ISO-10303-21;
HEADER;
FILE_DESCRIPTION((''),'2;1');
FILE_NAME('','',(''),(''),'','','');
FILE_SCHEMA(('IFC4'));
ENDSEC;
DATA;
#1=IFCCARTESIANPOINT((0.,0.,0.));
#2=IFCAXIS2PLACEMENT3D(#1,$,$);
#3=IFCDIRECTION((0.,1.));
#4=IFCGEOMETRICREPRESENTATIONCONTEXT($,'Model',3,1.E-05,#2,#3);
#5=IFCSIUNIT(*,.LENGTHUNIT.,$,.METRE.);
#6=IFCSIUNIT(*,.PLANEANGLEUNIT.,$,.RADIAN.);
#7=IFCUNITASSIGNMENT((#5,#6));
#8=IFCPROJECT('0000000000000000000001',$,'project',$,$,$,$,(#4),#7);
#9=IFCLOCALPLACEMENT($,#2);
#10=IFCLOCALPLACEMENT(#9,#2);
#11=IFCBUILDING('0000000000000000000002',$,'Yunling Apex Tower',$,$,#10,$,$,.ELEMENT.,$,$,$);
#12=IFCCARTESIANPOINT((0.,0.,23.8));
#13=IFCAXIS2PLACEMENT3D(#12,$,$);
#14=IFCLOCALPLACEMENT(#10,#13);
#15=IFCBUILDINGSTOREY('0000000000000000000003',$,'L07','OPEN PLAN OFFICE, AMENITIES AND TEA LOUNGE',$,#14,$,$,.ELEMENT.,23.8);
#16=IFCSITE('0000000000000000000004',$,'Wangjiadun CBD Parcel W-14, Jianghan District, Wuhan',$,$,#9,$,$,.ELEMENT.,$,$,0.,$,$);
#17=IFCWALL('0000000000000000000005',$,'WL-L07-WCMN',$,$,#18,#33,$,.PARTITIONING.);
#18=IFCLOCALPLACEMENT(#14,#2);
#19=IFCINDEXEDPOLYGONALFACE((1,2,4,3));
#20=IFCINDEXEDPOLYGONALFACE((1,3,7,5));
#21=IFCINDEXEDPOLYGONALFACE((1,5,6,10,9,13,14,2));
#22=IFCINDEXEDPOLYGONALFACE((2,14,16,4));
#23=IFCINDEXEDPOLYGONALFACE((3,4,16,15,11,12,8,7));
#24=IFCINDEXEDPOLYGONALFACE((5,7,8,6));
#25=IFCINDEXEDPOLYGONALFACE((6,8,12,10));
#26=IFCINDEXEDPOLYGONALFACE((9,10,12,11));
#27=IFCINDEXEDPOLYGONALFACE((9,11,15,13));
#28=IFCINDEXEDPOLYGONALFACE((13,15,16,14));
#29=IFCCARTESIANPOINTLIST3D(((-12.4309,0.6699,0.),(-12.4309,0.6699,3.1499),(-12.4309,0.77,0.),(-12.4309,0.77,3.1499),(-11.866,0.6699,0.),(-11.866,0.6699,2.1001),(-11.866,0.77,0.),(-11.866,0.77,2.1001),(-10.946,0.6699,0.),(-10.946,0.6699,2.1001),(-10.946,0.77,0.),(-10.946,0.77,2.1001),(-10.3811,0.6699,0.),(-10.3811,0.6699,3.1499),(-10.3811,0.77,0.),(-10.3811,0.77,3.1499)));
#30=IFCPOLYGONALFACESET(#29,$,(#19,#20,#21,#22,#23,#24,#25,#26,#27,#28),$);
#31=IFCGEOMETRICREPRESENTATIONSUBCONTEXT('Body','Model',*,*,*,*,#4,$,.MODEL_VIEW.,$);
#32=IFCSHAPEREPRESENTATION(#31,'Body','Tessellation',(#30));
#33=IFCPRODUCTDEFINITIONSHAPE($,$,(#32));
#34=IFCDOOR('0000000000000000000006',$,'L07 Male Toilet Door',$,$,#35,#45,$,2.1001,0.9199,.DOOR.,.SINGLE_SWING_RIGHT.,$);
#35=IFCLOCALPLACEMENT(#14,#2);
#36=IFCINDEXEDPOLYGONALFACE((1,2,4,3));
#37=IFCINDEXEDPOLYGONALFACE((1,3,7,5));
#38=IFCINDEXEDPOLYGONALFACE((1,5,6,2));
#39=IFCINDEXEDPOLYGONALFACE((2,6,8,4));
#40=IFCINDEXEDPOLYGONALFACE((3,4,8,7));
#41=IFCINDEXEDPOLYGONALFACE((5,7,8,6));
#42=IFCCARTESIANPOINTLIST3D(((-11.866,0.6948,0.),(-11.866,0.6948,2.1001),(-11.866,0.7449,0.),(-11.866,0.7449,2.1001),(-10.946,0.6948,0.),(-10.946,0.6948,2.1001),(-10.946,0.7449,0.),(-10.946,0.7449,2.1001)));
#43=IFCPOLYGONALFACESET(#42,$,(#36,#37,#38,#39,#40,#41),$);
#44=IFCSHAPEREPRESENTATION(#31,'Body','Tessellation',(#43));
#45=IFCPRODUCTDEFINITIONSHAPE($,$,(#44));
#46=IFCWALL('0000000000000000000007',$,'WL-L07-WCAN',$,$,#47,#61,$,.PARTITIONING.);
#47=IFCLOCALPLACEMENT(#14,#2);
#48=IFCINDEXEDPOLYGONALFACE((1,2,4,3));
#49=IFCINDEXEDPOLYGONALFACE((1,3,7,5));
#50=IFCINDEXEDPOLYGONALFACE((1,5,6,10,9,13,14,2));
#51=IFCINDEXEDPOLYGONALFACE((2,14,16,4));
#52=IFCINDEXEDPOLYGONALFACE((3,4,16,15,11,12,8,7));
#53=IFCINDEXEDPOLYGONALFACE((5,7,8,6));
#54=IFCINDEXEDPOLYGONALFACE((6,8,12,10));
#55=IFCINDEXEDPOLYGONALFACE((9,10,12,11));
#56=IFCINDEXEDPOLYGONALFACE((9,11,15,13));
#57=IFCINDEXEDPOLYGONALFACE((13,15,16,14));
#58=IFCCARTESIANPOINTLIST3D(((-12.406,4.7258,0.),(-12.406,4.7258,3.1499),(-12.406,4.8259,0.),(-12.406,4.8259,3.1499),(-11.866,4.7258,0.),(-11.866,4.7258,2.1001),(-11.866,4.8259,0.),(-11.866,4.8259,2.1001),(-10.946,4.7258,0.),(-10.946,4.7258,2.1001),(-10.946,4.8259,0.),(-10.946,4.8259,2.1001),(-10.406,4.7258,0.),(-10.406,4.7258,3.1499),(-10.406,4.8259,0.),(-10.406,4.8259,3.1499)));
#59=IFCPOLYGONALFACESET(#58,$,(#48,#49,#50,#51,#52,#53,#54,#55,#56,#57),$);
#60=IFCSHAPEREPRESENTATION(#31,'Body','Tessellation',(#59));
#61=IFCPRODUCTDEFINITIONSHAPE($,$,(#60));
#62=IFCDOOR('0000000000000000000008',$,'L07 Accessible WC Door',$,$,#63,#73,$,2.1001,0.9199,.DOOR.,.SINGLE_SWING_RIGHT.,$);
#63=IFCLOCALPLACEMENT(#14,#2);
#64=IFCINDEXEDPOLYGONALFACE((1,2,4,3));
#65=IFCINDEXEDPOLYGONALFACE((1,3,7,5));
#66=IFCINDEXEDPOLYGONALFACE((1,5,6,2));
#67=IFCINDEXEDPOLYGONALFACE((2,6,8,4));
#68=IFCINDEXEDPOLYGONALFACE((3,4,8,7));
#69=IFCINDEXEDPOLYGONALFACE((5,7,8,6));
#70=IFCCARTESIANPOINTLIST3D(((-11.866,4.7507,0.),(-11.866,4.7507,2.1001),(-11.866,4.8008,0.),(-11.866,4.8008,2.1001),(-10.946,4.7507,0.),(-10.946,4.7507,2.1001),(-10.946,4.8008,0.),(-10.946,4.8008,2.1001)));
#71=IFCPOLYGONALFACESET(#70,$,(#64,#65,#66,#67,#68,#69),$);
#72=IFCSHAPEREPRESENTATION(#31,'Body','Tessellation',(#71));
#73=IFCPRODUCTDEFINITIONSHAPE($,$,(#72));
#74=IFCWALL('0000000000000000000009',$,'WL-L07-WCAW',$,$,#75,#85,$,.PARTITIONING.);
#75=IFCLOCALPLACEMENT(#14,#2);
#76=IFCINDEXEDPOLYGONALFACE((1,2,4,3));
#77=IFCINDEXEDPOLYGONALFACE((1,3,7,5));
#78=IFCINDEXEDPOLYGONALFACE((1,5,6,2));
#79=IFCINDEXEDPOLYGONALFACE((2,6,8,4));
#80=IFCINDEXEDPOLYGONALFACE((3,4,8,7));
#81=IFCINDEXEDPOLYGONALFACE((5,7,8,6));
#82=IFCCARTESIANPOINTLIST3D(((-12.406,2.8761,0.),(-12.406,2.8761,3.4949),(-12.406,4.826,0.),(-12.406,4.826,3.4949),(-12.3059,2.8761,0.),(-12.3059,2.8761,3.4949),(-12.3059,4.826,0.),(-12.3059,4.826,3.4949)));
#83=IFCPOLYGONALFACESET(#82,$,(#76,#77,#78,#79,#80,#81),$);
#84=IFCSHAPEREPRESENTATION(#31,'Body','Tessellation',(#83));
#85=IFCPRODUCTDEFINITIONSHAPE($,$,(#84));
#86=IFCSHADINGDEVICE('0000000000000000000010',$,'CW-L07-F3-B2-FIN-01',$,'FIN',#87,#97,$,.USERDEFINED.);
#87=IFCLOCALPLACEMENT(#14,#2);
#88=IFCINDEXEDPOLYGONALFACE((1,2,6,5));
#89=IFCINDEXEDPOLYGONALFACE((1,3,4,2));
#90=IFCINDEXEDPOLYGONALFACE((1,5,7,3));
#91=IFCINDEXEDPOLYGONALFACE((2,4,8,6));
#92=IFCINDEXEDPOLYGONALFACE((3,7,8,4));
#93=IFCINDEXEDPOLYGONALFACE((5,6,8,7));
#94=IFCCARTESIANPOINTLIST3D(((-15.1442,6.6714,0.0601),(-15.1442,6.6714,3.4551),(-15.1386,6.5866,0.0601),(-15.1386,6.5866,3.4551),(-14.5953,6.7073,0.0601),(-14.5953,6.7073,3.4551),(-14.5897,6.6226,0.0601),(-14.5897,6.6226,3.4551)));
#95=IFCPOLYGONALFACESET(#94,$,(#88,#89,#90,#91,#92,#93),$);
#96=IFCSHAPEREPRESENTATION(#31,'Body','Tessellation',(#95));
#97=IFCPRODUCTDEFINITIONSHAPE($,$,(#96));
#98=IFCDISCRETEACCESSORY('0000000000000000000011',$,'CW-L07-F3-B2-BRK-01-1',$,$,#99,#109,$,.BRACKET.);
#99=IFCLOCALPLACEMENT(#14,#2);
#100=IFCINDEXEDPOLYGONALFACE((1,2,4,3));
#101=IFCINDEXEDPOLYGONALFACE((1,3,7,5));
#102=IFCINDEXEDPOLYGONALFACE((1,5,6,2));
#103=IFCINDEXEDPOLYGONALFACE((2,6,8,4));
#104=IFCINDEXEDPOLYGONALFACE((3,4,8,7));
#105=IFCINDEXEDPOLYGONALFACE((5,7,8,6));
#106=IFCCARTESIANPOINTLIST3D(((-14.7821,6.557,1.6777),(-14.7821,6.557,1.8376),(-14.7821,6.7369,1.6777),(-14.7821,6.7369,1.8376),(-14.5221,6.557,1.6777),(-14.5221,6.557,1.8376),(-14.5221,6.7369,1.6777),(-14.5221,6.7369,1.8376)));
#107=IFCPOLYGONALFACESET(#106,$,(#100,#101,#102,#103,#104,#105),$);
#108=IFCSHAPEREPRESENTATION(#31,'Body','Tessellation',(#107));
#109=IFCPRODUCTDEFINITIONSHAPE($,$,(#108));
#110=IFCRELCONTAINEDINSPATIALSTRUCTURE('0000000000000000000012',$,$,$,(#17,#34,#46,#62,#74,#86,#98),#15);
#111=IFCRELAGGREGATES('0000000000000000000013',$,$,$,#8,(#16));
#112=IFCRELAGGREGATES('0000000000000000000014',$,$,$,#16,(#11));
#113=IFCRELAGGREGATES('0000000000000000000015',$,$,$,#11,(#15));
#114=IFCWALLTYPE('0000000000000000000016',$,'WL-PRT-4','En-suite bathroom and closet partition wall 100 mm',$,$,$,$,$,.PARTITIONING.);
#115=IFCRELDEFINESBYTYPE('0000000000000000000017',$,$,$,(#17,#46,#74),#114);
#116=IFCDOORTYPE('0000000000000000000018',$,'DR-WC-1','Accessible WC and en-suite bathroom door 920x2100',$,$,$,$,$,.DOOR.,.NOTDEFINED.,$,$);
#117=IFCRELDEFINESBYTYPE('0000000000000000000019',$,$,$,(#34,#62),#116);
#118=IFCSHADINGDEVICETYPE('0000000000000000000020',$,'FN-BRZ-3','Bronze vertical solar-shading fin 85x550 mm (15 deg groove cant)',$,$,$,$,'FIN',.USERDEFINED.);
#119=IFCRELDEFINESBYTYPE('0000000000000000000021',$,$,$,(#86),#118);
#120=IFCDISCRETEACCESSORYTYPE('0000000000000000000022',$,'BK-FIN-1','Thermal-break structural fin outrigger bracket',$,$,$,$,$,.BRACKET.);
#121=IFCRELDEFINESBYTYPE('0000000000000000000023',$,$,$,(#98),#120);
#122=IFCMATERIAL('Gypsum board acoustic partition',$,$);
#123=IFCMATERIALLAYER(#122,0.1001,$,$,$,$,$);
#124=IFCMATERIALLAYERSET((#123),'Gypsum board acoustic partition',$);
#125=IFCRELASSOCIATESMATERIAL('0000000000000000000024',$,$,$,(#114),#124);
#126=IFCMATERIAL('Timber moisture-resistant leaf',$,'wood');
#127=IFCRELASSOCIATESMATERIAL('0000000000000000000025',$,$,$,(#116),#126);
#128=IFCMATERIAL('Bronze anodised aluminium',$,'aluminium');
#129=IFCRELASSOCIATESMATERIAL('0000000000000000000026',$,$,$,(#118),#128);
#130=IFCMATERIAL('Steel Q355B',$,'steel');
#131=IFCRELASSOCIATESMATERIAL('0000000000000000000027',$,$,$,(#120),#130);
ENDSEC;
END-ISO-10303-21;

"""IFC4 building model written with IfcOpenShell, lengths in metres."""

from ifc_helpers import new_model, si_unit, direction, frame, frame_2d, origin, origin_2d, place, context, subcontext, project, spatial, rectangle, extrude, source, transform, mapped, material, layer, layer_set, material_profile, profile_set, type_object, element, fill, save


model = new_model("IFC4")

# Units and contexts
model_context = context("Model", 3, precision=1e-05, world=origin(), true_north=direction((0.0, 1.0)))
body_context = subcontext(model_context, "Body", "Model", "MODEL_VIEW")
ifc_project = project(units=[si_unit("LENGTHUNIT", "METRE"), si_unit("PLANEANGLEUNIT", "RADIAN")], contexts=[model_context])

# Site, building, storey
site_placement = place(None, origin())
site = spatial("IfcSite", under=ifc_project, at=site_placement, Name="Wangjiadun CBD Parcel W-14, Jianghan District, Wuhan", CompositionType="ELEMENT", RefElevation=0.0)
building_placement = place(site_placement, origin())
building = spatial("IfcBuilding", under=site, at=building_placement, Name="Yunling Apex Tower", CompositionType="ELEMENT")
storey_placement = place(building_placement, frame((0.0, 0.0, 23.8)))
storey = spatial("IfcBuildingStorey", under=building, at=storey_placement, Name="L07", Description="OPEN PLAN OFFICE, AMENITIES AND TEA LOUNGE", CompositionType="ELEMENT", Elevation=23.8)

# Shared definitions
ifc_material_1 = material(Name="Steel Q355B", Category="steel")

# Shared definitions
ifc_material_2 = material(Name="Bronze anodised aluminium", Category="aluminium")

# Walls, openings, doors
ifc_material_3 = material(Name="Gypsum board acoustic partition")
ifc_layer_1 = layer(ifc_material_3, 0.1001)
ifc_layer_set_1 = layer_set([ifc_layer_1], Name="Gypsum board acoustic partition")
wall_type = type_object("IfcWallType", Name="WL-PRT-4", Description="En-suite bathroom and closet partition wall 100 mm", PredefinedType="PARTITIONING", material=ifc_layer_set_1)
wall_1_placement = place(storey_placement, frame((-12.4309, 0.72, 0.0), z_axis=(0.0, 0.0, 1.0), x_axis=(1.0, 0.0, 0.0)))
wall_1 = element("IfcWall", 1, at=wall_1_placement, inside=storey, type_object=wall_type, Name="WL-L07-WCMN", PredefinedType="PARTITIONING", context=body_context, shape_type="SweptSolid", body=[
    extrude(rectangle(XDim=2.0498, YDim=0.1001, at=frame_2d((1.0249, 0.0))), origin(), (0.0, 0.0, 1.0), 3.1499),
])
opening_1_placement = place(wall_1_placement, frame((0.5649, 0.0, 0.0)))
opening_1 = element("IfcOpeningElement", 2, at=opening_1_placement, cuts=wall_1, PredefinedType="OPENING", context=body_context, shape_type="SweptSolid", body=[
    extrude(rectangle(XDim=0.9199, YDim=2.1001, at=frame_2d((0.46, 1.05))), frame((0.0, 0.0601, 0.0), z_axis=(0.0, -1.0, 0.0), x_axis=(1.0, 0.0, 0.0)), (0.0, 0.0, 1.0), 0.1201),
])
ifc_material_4 = material(Name="Timber moisture-resistant leaf", Category="wood")
door_type = type_object("IfcDoorType", Name="DR-WC-1", Description="Accessible WC and en-suite bathroom door 920x2100", OperationType="NOTDEFINED", PredefinedType="DOOR", material=ifc_material_4)
door_1_placement = place(opening_1_placement, origin())
door_1 = element("IfcDoor", 3, at=door_1_placement, inside=storey, type_object=door_type, Name="L07 Male Toilet Door", OperationType="SINGLE_SWING_RIGHT", OverallHeight=2.1001, OverallWidth=0.9199, PredefinedType="DOOR", context=body_context, shape_type="SweptSolid", body=[
    extrude(rectangle(XDim=0.9199, YDim=2.1001, at=frame_2d((0.46, 1.05))), frame((0.0, 0.0249, 0.0), z_axis=(0.0, -1.0, 0.0), x_axis=(1.0, 0.0, 0.0)), (0.0, 0.0, 1.0), 0.05),
])
fill(opening_1, door_1)
wall_2_placement = place(storey_placement, frame((-12.406, 4.7759, 0.0), z_axis=(0.0, 0.0, 1.0), x_axis=(1.0, 0.0, 0.0)))
wall_2 = element("IfcWall", 4, at=wall_2_placement, inside=storey, type_object=wall_type, Name="WL-L07-WCAN", PredefinedType="PARTITIONING", context=body_context, shape_type="SweptSolid", body=[
    extrude(rectangle(XDim=2.0, YDim=0.1001, at=frame_2d((1.0, 0.0))), origin(), (0.0, 0.0, 1.0), 3.1499),
])
opening_2_placement = place(wall_2_placement, frame((0.54, 0.0, 0.0)))
opening_2 = element("IfcOpeningElement", 5, at=opening_2_placement, cuts=wall_2, PredefinedType="OPENING", context=body_context, shape_type="SweptSolid", body=[
    extrude(rectangle(XDim=0.9199, YDim=2.1001, at=frame_2d((0.46, 1.05))), frame((0.0, 0.0601, 0.0), z_axis=(0.0, -1.0, 0.0), x_axis=(1.0, 0.0, 0.0)), (0.0, 0.0, 1.0), 0.1201),
])
door_2_placement = place(opening_2_placement, origin())
door_2 = element("IfcDoor", 6, at=door_2_placement, inside=storey, type_object=door_type, Name="L07 Accessible WC Door", OperationType="SINGLE_SWING_RIGHT", OverallHeight=2.1001, OverallWidth=0.9199, PredefinedType="DOOR", context=body_context, shape_type="SweptSolid", body=[
    extrude(rectangle(XDim=0.9199, YDim=2.1001, at=frame_2d((0.46, 1.05))), frame((0.0, 0.0249, 0.0), z_axis=(0.0, -1.0, 0.0), x_axis=(1.0, 0.0, 0.0)), (0.0, 0.0, 1.0), 0.05),
])
fill(opening_2, door_2)

# Wall
wall_3_placement = place(storey_placement, frame((-12.356, 2.876, 0.0), z_axis=(0.0, 0.0, 1.0), x_axis=(0.0, 1.0, 0.0)))
element("IfcWall", 7, at=wall_3_placement, inside=storey, type_object=wall_type, Name="WL-L07-WCAW", PredefinedType="PARTITIONING", context=body_context, shape_type="SweptSolid", body=[
    extrude(rectangle(XDim=1.95, YDim=0.1001, at=frame_2d((0.9751, 0.0))), origin(), (0.0, 0.0, 1.0), 3.4949),
])

# Shading device
ifc_material_profile_1 = material_profile(ifc_material_2, rectangle(XDim=0.085, YDim=0.55, at=origin_2d()))
ifc_profile_set_1 = profile_set([ifc_material_profile_1], Name="Bronze anodised aluminium")
shading_device_type = type_object("IfcShadingDeviceType", Name="FN-BRZ-3", Description="Bronze vertical solar-shading fin 85x550 mm (15 deg groove cant)", ElementType="FIN", PredefinedType="USERDEFINED", material=ifc_profile_set_1)
shared_shape_1 = source(origin(), body_context, "Body", "SweptSolid", [
    extrude(rectangle(XDim=0.085, YDim=0.55, at=origin_2d()), origin(), (0.0, 0.0, 1.0), 3.395),
])
shading_device_placement = place(storey_placement, frame((-14.8669, 6.647, 0.0601), z_axis=(0.0, 0.0, 1.0), x_axis=(0.065403, -0.997859, 0.0)))
element("IfcShadingDevice", 8, at=shading_device_placement, inside=storey, type_object=shading_device_type, Name="CW-L07-F3-B2-FIN-01", ObjectType="FIN", PredefinedType="USERDEFINED", context=body_context, shape_type="MappedRepresentation", body=[
    mapped(shared_shape_1, transform((0.0, 0.0, 0.0), scale=1.0)),
])

# Discrete accessory
discrete_accessory_type = type_object("IfcDiscreteAccessoryType", Name="BK-FIN-1", Description="Thermal-break structural fin outrigger bracket", PredefinedType="BRACKET", material=ifc_material_1)
shared_shape_2 = source(origin(), body_context, "Body", "SweptSolid", [
    extrude(rectangle(XDim=0.1799, YDim=0.26, at=origin_2d()), origin(), (0.0, 0.0, 1.0), 0.1599),
])
discrete_accessory_placement = place(storey_placement, frame((-14.6521, 6.647, 1.6777), z_axis=(0.0, 0.0, 1.0), x_axis=(0.0, -1.0, 0.0)))
element("IfcDiscreteAccessory", 9, at=discrete_accessory_placement, inside=storey, type_object=discrete_accessory_type, Name="CW-L07-F3-B2-BRK-01-1", PredefinedType="BRACKET", context=body_context, shape_type="MappedRepresentation", body=[
    mapped(shared_shape_2, transform((0.0, 0.0, 0.0), scale=1.0)),
])

save(model, "model.ifc")
